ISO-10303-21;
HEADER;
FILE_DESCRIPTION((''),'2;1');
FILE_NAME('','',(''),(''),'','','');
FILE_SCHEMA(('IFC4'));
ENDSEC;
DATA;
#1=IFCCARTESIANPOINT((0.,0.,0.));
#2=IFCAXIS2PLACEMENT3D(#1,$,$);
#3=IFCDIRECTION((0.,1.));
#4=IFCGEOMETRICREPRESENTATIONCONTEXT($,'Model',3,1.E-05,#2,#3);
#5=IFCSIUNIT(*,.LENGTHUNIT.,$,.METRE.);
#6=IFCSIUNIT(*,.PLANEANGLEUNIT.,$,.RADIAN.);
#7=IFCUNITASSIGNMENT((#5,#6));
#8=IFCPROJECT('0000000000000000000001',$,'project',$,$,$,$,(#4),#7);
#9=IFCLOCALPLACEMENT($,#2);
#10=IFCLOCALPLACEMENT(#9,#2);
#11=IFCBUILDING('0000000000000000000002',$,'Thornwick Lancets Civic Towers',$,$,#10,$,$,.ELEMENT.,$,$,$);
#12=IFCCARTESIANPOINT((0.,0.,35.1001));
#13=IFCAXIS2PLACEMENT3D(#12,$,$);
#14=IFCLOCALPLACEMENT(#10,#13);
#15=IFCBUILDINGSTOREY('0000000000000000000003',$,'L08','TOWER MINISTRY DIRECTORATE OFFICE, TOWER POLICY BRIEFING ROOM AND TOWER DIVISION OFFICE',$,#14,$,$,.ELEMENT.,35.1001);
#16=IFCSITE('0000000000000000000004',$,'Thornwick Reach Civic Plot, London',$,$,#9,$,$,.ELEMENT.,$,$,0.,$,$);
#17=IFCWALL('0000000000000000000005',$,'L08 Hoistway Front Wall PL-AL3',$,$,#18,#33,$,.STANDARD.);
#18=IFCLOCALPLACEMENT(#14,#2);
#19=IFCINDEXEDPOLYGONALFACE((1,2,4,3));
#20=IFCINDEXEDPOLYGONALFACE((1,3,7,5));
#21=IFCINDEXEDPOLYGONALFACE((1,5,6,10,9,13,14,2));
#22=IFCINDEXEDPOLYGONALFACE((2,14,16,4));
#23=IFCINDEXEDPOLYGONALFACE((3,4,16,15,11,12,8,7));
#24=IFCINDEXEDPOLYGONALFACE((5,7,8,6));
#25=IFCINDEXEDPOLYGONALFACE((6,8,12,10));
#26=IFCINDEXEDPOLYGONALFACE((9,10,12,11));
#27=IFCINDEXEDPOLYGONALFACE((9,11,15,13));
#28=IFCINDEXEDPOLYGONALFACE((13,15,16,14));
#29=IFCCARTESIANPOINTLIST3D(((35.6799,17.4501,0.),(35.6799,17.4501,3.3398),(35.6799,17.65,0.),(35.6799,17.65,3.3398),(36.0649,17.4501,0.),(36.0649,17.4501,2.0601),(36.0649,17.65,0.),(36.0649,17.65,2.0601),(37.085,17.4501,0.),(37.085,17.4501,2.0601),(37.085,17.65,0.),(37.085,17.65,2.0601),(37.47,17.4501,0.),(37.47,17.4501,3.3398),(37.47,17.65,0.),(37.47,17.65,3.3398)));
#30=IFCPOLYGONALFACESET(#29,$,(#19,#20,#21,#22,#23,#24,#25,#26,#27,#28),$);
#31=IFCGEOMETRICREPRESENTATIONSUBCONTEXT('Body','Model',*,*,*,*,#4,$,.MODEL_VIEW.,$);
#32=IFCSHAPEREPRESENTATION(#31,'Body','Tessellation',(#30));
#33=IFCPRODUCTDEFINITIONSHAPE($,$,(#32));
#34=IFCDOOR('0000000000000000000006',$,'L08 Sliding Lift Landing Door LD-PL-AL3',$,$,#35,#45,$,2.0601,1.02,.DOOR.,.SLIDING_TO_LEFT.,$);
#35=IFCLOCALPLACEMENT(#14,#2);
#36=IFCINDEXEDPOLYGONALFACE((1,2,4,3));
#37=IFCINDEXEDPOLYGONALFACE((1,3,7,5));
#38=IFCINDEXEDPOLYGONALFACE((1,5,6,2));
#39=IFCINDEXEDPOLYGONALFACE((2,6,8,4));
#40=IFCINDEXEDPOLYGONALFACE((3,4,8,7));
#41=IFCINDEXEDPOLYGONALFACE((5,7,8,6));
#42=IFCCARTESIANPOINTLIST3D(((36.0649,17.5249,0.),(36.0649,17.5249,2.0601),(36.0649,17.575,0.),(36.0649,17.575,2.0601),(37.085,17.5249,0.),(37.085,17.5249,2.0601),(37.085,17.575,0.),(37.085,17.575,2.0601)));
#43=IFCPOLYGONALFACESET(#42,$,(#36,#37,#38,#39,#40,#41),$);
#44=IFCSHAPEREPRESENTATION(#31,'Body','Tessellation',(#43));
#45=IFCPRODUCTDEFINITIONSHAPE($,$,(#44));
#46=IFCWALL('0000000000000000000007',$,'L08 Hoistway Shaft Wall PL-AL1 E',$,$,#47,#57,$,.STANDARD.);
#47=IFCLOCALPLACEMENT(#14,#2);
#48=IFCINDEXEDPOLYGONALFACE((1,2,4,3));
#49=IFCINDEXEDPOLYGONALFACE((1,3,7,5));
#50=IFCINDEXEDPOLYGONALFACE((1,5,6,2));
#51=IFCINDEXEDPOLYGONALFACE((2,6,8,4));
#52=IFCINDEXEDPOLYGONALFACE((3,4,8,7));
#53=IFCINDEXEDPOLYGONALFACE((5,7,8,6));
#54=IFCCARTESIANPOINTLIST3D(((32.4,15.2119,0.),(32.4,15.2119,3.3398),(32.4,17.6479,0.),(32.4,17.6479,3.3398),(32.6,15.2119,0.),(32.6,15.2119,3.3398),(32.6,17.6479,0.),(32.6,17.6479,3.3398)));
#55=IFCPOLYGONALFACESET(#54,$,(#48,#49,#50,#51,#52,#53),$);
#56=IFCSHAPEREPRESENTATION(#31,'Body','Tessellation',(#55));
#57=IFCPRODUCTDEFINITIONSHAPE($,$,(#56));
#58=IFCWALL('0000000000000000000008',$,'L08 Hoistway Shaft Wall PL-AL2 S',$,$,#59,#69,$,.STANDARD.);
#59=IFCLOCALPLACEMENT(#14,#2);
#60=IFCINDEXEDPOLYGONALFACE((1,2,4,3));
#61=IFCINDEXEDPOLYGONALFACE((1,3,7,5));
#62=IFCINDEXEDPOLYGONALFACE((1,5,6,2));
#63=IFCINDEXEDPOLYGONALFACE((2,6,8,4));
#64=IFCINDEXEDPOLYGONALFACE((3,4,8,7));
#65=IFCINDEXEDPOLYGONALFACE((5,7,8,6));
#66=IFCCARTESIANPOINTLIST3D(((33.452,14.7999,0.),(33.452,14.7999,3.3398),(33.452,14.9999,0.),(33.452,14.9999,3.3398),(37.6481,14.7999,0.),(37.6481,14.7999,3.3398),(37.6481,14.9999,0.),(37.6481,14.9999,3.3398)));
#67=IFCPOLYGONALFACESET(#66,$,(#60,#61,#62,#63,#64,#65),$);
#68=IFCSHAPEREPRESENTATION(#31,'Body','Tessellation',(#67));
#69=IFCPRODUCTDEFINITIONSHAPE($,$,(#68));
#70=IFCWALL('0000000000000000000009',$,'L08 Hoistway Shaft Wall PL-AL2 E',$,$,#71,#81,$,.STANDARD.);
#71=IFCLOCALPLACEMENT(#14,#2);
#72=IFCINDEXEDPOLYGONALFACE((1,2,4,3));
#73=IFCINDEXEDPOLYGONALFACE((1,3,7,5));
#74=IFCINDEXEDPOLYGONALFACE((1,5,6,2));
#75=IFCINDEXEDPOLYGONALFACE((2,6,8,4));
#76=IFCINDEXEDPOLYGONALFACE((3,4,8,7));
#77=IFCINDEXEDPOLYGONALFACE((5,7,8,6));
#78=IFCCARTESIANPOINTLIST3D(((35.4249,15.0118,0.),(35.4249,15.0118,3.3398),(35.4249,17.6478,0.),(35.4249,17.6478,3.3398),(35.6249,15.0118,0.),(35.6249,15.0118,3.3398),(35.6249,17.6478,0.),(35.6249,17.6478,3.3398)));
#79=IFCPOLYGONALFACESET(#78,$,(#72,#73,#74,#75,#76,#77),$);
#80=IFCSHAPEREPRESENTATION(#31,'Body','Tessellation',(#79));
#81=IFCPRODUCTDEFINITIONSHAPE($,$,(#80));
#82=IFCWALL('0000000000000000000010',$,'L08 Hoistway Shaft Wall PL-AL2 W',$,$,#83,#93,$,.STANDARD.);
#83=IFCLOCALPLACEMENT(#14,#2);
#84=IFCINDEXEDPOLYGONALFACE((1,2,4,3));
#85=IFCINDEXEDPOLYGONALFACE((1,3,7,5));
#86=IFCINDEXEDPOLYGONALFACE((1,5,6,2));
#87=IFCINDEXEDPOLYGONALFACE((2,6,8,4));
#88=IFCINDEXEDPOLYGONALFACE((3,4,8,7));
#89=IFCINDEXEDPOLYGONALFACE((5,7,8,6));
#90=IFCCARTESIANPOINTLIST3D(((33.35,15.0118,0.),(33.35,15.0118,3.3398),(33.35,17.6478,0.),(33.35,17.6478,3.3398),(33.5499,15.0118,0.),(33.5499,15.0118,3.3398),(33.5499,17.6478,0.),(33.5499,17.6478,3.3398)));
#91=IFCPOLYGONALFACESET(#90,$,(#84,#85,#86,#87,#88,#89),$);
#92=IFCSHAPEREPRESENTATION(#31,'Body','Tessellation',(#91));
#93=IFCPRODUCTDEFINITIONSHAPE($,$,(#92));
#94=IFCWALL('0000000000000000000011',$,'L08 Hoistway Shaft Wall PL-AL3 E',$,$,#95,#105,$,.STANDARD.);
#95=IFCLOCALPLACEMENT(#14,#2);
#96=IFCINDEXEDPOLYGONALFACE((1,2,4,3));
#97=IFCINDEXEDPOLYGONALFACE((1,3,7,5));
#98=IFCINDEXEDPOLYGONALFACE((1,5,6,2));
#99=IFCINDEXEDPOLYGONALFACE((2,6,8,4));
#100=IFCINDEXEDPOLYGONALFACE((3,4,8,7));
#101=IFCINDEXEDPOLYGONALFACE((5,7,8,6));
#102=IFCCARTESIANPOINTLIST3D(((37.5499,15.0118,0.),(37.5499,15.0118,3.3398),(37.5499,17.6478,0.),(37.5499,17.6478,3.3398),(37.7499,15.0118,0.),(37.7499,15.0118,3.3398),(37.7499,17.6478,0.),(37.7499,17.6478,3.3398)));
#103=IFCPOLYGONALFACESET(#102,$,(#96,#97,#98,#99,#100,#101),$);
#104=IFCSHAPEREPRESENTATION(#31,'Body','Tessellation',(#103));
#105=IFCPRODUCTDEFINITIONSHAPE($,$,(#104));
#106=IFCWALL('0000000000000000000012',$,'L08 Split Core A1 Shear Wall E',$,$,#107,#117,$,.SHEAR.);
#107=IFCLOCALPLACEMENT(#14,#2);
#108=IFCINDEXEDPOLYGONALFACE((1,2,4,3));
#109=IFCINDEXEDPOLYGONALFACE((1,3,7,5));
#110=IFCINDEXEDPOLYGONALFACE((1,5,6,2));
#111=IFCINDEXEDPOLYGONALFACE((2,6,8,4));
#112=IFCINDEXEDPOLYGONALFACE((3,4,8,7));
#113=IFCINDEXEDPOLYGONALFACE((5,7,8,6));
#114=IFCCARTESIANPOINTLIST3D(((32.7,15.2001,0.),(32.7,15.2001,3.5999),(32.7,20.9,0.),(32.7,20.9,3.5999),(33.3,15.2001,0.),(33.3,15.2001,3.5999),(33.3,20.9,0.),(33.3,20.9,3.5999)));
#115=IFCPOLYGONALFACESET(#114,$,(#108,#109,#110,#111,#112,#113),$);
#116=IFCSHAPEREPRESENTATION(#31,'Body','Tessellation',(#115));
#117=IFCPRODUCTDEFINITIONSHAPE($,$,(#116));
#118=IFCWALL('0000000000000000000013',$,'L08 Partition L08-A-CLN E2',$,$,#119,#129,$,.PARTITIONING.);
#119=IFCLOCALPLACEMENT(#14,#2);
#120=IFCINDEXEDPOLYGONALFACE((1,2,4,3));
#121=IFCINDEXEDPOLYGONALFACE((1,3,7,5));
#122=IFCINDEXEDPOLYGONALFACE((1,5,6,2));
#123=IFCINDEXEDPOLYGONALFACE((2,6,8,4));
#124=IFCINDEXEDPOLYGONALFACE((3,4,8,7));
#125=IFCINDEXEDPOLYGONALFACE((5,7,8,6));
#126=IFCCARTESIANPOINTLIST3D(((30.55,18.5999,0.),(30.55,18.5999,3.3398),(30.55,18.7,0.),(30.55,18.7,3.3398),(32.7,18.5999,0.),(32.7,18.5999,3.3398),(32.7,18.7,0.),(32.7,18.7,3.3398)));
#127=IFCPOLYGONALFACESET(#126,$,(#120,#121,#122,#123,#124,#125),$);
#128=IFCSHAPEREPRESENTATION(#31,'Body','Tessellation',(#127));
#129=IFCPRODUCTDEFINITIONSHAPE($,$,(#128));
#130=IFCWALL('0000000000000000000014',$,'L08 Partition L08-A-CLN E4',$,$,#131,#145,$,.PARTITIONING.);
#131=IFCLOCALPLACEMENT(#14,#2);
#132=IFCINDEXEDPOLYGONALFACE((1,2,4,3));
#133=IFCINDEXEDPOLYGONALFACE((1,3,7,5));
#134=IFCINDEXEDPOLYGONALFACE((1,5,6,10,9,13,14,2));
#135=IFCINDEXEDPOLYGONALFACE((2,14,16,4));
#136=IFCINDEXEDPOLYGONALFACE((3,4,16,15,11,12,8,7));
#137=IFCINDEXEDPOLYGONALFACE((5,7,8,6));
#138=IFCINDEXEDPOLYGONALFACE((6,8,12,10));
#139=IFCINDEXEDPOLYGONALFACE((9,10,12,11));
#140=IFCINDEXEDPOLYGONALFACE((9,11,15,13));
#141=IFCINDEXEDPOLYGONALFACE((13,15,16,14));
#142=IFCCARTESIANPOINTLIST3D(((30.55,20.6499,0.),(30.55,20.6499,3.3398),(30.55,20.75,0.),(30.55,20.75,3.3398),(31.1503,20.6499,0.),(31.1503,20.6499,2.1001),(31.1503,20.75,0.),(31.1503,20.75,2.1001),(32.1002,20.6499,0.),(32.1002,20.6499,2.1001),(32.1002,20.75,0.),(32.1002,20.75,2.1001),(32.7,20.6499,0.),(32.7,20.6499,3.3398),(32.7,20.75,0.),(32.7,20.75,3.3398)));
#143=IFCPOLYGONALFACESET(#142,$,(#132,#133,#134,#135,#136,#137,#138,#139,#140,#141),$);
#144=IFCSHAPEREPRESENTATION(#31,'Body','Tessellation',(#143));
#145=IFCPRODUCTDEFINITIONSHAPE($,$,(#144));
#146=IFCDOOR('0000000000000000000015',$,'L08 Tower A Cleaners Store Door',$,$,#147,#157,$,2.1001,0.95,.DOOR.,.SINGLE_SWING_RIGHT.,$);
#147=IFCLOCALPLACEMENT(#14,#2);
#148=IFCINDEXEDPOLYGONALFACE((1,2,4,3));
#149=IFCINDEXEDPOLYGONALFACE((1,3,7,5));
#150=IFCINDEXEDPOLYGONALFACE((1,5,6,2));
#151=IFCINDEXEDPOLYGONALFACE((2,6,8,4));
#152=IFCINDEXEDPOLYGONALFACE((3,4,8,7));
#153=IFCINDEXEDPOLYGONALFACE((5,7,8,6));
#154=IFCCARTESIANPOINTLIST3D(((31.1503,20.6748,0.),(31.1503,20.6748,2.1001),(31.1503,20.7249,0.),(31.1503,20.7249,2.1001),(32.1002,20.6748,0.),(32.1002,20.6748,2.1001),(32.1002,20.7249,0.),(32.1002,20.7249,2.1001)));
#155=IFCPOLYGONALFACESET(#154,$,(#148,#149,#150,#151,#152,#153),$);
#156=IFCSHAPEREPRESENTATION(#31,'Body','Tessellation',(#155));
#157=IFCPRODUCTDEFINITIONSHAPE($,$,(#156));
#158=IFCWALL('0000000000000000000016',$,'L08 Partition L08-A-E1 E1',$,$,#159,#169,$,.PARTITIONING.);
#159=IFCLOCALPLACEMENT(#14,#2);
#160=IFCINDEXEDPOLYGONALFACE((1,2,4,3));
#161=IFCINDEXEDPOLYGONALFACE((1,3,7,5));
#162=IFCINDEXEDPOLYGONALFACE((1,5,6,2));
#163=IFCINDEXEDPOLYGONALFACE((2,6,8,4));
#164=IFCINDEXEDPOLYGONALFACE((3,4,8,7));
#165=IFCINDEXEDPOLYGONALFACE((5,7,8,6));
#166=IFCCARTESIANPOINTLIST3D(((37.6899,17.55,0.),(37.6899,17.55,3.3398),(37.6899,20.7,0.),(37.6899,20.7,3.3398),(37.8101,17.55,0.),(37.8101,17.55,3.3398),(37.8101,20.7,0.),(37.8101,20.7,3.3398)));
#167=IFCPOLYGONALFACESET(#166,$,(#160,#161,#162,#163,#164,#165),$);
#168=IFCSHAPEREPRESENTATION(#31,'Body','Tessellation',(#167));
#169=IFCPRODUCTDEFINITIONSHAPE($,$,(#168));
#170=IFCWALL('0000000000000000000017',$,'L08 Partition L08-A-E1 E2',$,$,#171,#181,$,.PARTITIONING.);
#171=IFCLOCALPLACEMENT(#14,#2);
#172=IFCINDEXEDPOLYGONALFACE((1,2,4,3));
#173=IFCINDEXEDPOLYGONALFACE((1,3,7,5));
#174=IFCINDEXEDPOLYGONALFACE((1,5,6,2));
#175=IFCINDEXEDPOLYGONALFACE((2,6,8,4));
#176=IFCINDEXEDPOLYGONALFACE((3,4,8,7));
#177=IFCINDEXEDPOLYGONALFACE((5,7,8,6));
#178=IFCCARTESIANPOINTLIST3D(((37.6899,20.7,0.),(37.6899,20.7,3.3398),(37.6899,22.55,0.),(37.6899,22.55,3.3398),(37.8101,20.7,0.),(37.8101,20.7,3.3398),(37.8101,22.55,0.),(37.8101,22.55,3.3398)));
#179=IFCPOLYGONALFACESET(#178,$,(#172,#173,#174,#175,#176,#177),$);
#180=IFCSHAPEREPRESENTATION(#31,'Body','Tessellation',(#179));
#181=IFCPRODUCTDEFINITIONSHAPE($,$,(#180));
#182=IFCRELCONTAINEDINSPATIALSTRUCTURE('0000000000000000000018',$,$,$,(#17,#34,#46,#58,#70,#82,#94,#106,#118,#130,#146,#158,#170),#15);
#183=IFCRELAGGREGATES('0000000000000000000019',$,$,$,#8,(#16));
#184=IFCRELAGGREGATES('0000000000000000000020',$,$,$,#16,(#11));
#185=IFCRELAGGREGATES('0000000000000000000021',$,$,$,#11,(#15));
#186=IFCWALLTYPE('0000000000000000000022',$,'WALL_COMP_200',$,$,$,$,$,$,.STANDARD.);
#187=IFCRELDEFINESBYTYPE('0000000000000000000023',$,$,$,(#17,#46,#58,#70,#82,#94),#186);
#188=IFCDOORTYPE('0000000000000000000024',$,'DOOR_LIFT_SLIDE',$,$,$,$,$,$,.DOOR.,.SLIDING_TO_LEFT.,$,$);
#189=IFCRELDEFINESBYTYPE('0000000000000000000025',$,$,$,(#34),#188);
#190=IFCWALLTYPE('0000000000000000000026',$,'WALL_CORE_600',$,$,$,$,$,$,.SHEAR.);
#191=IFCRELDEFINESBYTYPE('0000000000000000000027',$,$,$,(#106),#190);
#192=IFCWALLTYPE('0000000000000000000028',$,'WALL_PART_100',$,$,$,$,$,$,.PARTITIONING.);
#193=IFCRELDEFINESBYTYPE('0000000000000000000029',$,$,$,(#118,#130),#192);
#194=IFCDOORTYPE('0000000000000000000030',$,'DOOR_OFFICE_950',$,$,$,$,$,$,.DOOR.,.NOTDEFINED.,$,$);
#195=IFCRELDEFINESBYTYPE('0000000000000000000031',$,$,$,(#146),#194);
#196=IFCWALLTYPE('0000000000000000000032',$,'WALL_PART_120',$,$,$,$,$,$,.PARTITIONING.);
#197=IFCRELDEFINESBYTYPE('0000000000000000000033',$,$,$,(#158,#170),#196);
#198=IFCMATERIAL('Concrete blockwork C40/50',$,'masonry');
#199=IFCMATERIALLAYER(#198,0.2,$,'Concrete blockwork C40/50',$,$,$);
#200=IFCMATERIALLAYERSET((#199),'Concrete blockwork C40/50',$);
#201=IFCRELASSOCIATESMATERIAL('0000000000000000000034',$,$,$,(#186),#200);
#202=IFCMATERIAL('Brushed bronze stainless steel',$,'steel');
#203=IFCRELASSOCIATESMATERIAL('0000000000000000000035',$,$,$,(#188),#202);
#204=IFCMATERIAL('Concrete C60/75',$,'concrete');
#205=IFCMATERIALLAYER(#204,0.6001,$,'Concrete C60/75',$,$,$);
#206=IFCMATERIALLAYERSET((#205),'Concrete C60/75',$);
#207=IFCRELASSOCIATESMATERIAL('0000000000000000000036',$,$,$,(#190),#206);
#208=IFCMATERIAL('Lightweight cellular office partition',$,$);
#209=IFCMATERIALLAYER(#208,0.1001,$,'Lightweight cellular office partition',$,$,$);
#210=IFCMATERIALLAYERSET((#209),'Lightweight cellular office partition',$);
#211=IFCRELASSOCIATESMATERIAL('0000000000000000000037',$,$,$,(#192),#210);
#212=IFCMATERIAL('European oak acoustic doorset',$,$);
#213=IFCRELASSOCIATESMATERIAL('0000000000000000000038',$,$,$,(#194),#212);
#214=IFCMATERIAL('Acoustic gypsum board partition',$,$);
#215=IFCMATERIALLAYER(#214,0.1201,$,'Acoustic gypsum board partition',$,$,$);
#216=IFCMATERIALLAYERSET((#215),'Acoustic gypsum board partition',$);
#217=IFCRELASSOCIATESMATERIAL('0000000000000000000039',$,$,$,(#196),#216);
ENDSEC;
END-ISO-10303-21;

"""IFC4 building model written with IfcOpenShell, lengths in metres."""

from ifc_helpers import new_model, si_unit, direction, frame, frame_2d, origin, place, context, subcontext, project, spatial, rectangle, extrude, material, layer, layer_set, type_object, element, fill, save


model = new_model("IFC4")

# Units and contexts
model_context = context("Model", 3, precision=1e-05, world=origin(), true_north=direction((0.0, 1.0)))
body_context = subcontext(model_context, "Body", "Model", "MODEL_VIEW")
ifc_project = project(units=[si_unit("LENGTHUNIT", "METRE"), si_unit("PLANEANGLEUNIT", "RADIAN")], contexts=[model_context])

# Site, building, storey
site_placement = place(None, origin())
site = spatial("IfcSite", under=ifc_project, at=site_placement, Name="Thornwick Reach Civic Plot, London", CompositionType="ELEMENT", RefElevation=0.0)
building_placement = place(site_placement, origin())
building = spatial("IfcBuilding", under=site, at=building_placement, Name="Thornwick Lancets Civic Towers", CompositionType="ELEMENT")
storey_placement = place(building_placement, frame((0.0, 0.0, 35.1001)))
storey = spatial("IfcBuildingStorey", under=building, at=storey_placement, Name="L08", Description="TOWER MINISTRY DIRECTORATE OFFICE, TOWER POLICY BRIEFING ROOM AND TOWER DIVISION OFFICE", CompositionType="ELEMENT", Elevation=35.1001)

# Shared definitions
ifc_material_1 = material(Name="Concrete C60/75", Category="concrete")

# Wall, opening, door
ifc_material_2 = material(Name="Concrete blockwork C40/50", Category="masonry")
ifc_layer_1 = layer(ifc_material_2, 0.2, Name="Concrete blockwork C40/50")
ifc_layer_set_1 = layer_set([ifc_layer_1], Name="Concrete blockwork C40/50")
wall_type_1 = type_object("IfcWallType", Name="WALL_COMP_200", PredefinedType="STANDARD", material=ifc_layer_set_1)
ifc_material_3 = material(Name="Brushed bronze stainless steel", Category="steel")
door_type_1 = type_object("IfcDoorType", Name="DOOR_LIFT_SLIDE", OperationType="SLIDING_TO_LEFT", PredefinedType="DOOR", material=ifc_material_3)
wall_1_placement = place(storey_placement, frame((35.6799, 17.55, 0.0), z_axis=(0.0, 0.0, 1.0), x_axis=(1.0, 0.0, 0.0)))
wall_1 = element("IfcWall", 1, at=wall_1_placement, inside=storey, type_object=wall_type_1, Name="L08 Hoistway Front Wall PL-AL3", PredefinedType="STANDARD", context=body_context, shape_type="SweptSolid", body=[
    extrude(rectangle(XDim=1.79, YDim=0.2, at=frame_2d((0.895, 0.0))), origin(), (0.0, 0.0, 1.0), 3.3398),
])
opening_1_placement = place(wall_1_placement, frame((0.385, 0.0, 0.0)))
opening_1 = element("IfcOpeningElement", 2, at=opening_1_placement, cuts=wall_1, PredefinedType="OPENING", context=body_context, shape_type="SweptSolid", body=[
    extrude(rectangle(XDim=1.02, YDim=2.0601, at=frame_2d((0.51, 1.03))), frame((0.0, 0.1099, 0.0), z_axis=(0.0, -1.0, 0.0), x_axis=(1.0, 0.0, 0.0)), (0.0, 0.0, 1.0), 0.22),
])
door_1_placement = place(opening_1_placement, origin())
door_1 = element("IfcDoor", 3, at=door_1_placement, inside=storey, type_object=door_type_1, Name="L08 Sliding Lift Landing Door LD-PL-AL3", OperationType="SLIDING_TO_LEFT", OverallHeight=2.0601, OverallWidth=1.02, PredefinedType="DOOR", context=body_context, shape_type="SweptSolid", body=[
    extrude(rectangle(XDim=1.02, YDim=2.0601, at=frame_2d((0.51, 1.03))), frame((0.0, 0.0249, 0.0), z_axis=(0.0, -1.0, 0.0), x_axis=(1.0, 0.0, 0.0)), (0.0, 0.0, 1.0), 0.05),
])
fill(opening_1, door_1)

# Walls
wall_2_placement = place(storey_placement, frame((32.5, 15.2119, 0.0), z_axis=(0.0, 0.0, 1.0), x_axis=(0.0, 1.0, 0.0)))
element("IfcWall", 4, at=wall_2_placement, inside=storey, type_object=wall_type_1, Name="L08 Hoistway Shaft Wall PL-AL1 E", PredefinedType="STANDARD", context=body_context, shape_type="SweptSolid", body=[
    extrude(rectangle(XDim=2.436, YDim=0.2, at=frame_2d((1.218, 0.0))), origin(), (0.0, 0.0, 1.0), 3.3398),
])
wall_3_placement = place(storey_placement, frame((33.4519, 14.8999, 0.0), z_axis=(0.0, 0.0, 1.0), x_axis=(1.0, 0.0, 0.0)))
element("IfcWall", 5, at=wall_3_placement, inside=storey, type_object=wall_type_1, Name="L08 Hoistway Shaft Wall PL-AL2 S", PredefinedType="STANDARD", context=body_context, shape_type="SweptSolid", body=[
    extrude(rectangle(XDim=4.196, YDim=0.2, at=frame_2d((2.0981, 0.0))), origin(), (0.0, 0.0, 1.0), 3.3398),
])
for number, where, z_axis, x_axis, name in (
    (6, (35.5249, 15.012, 0.0), (0.0, 0.0, 1.0), (0.0, 1.0, 0.0), "L08 Hoistway Shaft Wall PL-AL2 E"),
    (7, (33.45, 15.012, 0.0), (0.0, 0.0, 1.0), (0.0, 1.0, 0.0), "L08 Hoistway Shaft Wall PL-AL2 W"),
    (8, (37.6499, 15.012, 0.0), (0.0, 0.0, 1.0), (0.0, 1.0, 0.0), "L08 Hoistway Shaft Wall PL-AL3 E"),
):
    element("IfcWall", number, at=place(storey_placement, frame(where, z_axis=z_axis, x_axis=x_axis)), inside=storey, type_object=wall_type_1, Name=name, PredefinedType="STANDARD", context=body_context, shape_type="SweptSolid", body=[
        extrude(rectangle(XDim=2.636, YDim=0.2, at=frame_2d((1.3179, 0.0))), origin(), (0.0, 0.0, 1.0), 3.3398),
    ])
ifc_layer_2 = layer(ifc_material_1, 0.6001, Name="Concrete C60/75")
ifc_layer_set_2 = layer_set([ifc_layer_2], Name="Concrete C60/75")
wall_type_2 = type_object("IfcWallType", Name="WALL_CORE_600", PredefinedType="SHEAR", material=ifc_layer_set_2)
wall_4_placement = place(storey_placement, frame((33.0, 15.2, 0.0), z_axis=(0.0, 0.0, 1.0), x_axis=(0.0, 1.0, 0.0)))
element("IfcWall", 9, at=wall_4_placement, inside=storey, type_object=wall_type_2, Name="L08 Split Core A1 Shear Wall E", PredefinedType="SHEAR", context=body_context, shape_type="SweptSolid", body=[
    extrude(rectangle(XDim=5.7, YDim=0.6001, at=frame_2d((2.8501, 0.0))), origin(), (0.0, 0.0, 1.0), 3.5999),
])
ifc_material_4 = material(Name="Lightweight cellular office partition")
ifc_layer_3 = layer(ifc_material_4, 0.1001, Name="Lightweight cellular office partition")
ifc_layer_set_3 = layer_set([ifc_layer_3], Name="Lightweight cellular office partition")
wall_type_3 = type_object("IfcWallType", Name="WALL_PART_100", PredefinedType="PARTITIONING", material=ifc_layer_set_3)
wall_5_placement = place(storey_placement, frame((32.7, 18.6499, 0.0), z_axis=(0.0, 0.0, 1.0), x_axis=(-1.0, 0.0, 0.0)))
element("IfcWall", 10, at=wall_5_placement, inside=storey, type_object=wall_type_3, Name="L08 Partition L08-A-CLN E2", PredefinedType="PARTITIONING", context=body_context, shape_type="SweptSolid", body=[
    extrude(rectangle(XDim=2.1499, YDim=0.1001, at=frame_2d((1.075, 0.0))), origin(), (0.0, 0.0, 1.0), 3.3398),
])

# Wall, opening, door
wall_6_placement = place(storey_placement, frame((30.55, 20.7, 0.0), z_axis=(0.0, 0.0, 1.0), x_axis=(1.0, 0.0, 0.0)))
wall_6 = element("IfcWall", 11, at=wall_6_placement, inside=storey, type_object=wall_type_3, Name="L08 Partition L08-A-CLN E4", PredefinedType="PARTITIONING", context=body_context, shape_type="SweptSolid", body=[
    extrude(rectangle(XDim=2.1499, YDim=0.1001, at=frame_2d((1.075, 0.0))), origin(), (0.0, 0.0, 1.0), 3.3398),
])
opening_2_placement = place(wall_6_placement, frame((0.6001, 0.0, 0.0)))
opening_2 = element("IfcOpeningElement", 12, at=opening_2_placement, cuts=wall_6, PredefinedType="OPENING", context=body_context, shape_type="SweptSolid", body=[
    extrude(rectangle(XDim=0.95, YDim=2.1001, at=frame_2d((0.4751, 1.05))), frame((0.0, 0.0601, 0.0), z_axis=(0.0, -1.0, 0.0), x_axis=(1.0, 0.0, 0.0)), (0.0, 0.0, 1.0), 0.1201),
])
ifc_material_5 = material(Name="European oak acoustic doorset")
door_type_2 = type_object("IfcDoorType", Name="DOOR_OFFICE_950", OperationType="NOTDEFINED", PredefinedType="DOOR", material=ifc_material_5)
door_2_placement = place(opening_2_placement, origin())
door_2 = element("IfcDoor", 13, at=door_2_placement, inside=storey, type_object=door_type_2, Name="L08 Tower A Cleaners Store Door", OperationType="SINGLE_SWING_RIGHT", OverallHeight=2.1001, OverallWidth=0.95, PredefinedType="DOOR", context=body_context, shape_type="SweptSolid", body=[
    extrude(rectangle(XDim=0.95, YDim=2.1001, at=frame_2d((0.4751, 1.05))), frame((0.0, 0.0249, 0.0), z_axis=(0.0, -1.0, 0.0), x_axis=(1.0, 0.0, 0.0)), (0.0, 0.0, 1.0), 0.05),
])
fill(opening_2, door_2)

# Walls
ifc_material_6 = material(Name="Acoustic gypsum board partition")
ifc_layer_4 = layer(ifc_material_6, 0.1201, Name="Acoustic gypsum board partition")
ifc_layer_set_4 = layer_set([ifc_layer_4], Name="Acoustic gypsum board partition")
wall_type_4 = type_object("IfcWallType", Name="WALL_PART_120", PredefinedType="PARTITIONING", material=ifc_layer_set_4)
wall_7_placement = place(storey_placement, frame((37.75, 17.55, 0.0), z_axis=(0.0, 0.0, 1.0), x_axis=(0.0, 1.0, 0.0)))
element("IfcWall", 14, at=wall_7_placement, inside=storey, type_object=wall_type_4, Name="L08 Partition L08-A-E1 E1", PredefinedType="PARTITIONING", context=body_context, shape_type="SweptSolid", body=[
    extrude(rectangle(XDim=3.1499, YDim=0.1201, at=frame_2d((1.575, 0.0))), origin(), (0.0, 0.0, 1.0), 3.3398),
])
wall_8_placement = place(storey_placement, frame((37.75, 20.7, 0.0), z_axis=(0.0, 0.0, 1.0), x_axis=(0.0, 1.0, 0.0)))
element("IfcWall", 15, at=wall_8_placement, inside=storey, type_object=wall_type_4, Name="L08 Partition L08-A-E1 E2", PredefinedType="PARTITIONING", context=body_context, shape_type="SweptSolid", body=[
    extrude(rectangle(XDim=1.8501, YDim=0.1201, at=frame_2d((0.925, 0.0))), origin(), (0.0, 0.0, 1.0), 3.3398),
])

save(model, "model.ifc")
